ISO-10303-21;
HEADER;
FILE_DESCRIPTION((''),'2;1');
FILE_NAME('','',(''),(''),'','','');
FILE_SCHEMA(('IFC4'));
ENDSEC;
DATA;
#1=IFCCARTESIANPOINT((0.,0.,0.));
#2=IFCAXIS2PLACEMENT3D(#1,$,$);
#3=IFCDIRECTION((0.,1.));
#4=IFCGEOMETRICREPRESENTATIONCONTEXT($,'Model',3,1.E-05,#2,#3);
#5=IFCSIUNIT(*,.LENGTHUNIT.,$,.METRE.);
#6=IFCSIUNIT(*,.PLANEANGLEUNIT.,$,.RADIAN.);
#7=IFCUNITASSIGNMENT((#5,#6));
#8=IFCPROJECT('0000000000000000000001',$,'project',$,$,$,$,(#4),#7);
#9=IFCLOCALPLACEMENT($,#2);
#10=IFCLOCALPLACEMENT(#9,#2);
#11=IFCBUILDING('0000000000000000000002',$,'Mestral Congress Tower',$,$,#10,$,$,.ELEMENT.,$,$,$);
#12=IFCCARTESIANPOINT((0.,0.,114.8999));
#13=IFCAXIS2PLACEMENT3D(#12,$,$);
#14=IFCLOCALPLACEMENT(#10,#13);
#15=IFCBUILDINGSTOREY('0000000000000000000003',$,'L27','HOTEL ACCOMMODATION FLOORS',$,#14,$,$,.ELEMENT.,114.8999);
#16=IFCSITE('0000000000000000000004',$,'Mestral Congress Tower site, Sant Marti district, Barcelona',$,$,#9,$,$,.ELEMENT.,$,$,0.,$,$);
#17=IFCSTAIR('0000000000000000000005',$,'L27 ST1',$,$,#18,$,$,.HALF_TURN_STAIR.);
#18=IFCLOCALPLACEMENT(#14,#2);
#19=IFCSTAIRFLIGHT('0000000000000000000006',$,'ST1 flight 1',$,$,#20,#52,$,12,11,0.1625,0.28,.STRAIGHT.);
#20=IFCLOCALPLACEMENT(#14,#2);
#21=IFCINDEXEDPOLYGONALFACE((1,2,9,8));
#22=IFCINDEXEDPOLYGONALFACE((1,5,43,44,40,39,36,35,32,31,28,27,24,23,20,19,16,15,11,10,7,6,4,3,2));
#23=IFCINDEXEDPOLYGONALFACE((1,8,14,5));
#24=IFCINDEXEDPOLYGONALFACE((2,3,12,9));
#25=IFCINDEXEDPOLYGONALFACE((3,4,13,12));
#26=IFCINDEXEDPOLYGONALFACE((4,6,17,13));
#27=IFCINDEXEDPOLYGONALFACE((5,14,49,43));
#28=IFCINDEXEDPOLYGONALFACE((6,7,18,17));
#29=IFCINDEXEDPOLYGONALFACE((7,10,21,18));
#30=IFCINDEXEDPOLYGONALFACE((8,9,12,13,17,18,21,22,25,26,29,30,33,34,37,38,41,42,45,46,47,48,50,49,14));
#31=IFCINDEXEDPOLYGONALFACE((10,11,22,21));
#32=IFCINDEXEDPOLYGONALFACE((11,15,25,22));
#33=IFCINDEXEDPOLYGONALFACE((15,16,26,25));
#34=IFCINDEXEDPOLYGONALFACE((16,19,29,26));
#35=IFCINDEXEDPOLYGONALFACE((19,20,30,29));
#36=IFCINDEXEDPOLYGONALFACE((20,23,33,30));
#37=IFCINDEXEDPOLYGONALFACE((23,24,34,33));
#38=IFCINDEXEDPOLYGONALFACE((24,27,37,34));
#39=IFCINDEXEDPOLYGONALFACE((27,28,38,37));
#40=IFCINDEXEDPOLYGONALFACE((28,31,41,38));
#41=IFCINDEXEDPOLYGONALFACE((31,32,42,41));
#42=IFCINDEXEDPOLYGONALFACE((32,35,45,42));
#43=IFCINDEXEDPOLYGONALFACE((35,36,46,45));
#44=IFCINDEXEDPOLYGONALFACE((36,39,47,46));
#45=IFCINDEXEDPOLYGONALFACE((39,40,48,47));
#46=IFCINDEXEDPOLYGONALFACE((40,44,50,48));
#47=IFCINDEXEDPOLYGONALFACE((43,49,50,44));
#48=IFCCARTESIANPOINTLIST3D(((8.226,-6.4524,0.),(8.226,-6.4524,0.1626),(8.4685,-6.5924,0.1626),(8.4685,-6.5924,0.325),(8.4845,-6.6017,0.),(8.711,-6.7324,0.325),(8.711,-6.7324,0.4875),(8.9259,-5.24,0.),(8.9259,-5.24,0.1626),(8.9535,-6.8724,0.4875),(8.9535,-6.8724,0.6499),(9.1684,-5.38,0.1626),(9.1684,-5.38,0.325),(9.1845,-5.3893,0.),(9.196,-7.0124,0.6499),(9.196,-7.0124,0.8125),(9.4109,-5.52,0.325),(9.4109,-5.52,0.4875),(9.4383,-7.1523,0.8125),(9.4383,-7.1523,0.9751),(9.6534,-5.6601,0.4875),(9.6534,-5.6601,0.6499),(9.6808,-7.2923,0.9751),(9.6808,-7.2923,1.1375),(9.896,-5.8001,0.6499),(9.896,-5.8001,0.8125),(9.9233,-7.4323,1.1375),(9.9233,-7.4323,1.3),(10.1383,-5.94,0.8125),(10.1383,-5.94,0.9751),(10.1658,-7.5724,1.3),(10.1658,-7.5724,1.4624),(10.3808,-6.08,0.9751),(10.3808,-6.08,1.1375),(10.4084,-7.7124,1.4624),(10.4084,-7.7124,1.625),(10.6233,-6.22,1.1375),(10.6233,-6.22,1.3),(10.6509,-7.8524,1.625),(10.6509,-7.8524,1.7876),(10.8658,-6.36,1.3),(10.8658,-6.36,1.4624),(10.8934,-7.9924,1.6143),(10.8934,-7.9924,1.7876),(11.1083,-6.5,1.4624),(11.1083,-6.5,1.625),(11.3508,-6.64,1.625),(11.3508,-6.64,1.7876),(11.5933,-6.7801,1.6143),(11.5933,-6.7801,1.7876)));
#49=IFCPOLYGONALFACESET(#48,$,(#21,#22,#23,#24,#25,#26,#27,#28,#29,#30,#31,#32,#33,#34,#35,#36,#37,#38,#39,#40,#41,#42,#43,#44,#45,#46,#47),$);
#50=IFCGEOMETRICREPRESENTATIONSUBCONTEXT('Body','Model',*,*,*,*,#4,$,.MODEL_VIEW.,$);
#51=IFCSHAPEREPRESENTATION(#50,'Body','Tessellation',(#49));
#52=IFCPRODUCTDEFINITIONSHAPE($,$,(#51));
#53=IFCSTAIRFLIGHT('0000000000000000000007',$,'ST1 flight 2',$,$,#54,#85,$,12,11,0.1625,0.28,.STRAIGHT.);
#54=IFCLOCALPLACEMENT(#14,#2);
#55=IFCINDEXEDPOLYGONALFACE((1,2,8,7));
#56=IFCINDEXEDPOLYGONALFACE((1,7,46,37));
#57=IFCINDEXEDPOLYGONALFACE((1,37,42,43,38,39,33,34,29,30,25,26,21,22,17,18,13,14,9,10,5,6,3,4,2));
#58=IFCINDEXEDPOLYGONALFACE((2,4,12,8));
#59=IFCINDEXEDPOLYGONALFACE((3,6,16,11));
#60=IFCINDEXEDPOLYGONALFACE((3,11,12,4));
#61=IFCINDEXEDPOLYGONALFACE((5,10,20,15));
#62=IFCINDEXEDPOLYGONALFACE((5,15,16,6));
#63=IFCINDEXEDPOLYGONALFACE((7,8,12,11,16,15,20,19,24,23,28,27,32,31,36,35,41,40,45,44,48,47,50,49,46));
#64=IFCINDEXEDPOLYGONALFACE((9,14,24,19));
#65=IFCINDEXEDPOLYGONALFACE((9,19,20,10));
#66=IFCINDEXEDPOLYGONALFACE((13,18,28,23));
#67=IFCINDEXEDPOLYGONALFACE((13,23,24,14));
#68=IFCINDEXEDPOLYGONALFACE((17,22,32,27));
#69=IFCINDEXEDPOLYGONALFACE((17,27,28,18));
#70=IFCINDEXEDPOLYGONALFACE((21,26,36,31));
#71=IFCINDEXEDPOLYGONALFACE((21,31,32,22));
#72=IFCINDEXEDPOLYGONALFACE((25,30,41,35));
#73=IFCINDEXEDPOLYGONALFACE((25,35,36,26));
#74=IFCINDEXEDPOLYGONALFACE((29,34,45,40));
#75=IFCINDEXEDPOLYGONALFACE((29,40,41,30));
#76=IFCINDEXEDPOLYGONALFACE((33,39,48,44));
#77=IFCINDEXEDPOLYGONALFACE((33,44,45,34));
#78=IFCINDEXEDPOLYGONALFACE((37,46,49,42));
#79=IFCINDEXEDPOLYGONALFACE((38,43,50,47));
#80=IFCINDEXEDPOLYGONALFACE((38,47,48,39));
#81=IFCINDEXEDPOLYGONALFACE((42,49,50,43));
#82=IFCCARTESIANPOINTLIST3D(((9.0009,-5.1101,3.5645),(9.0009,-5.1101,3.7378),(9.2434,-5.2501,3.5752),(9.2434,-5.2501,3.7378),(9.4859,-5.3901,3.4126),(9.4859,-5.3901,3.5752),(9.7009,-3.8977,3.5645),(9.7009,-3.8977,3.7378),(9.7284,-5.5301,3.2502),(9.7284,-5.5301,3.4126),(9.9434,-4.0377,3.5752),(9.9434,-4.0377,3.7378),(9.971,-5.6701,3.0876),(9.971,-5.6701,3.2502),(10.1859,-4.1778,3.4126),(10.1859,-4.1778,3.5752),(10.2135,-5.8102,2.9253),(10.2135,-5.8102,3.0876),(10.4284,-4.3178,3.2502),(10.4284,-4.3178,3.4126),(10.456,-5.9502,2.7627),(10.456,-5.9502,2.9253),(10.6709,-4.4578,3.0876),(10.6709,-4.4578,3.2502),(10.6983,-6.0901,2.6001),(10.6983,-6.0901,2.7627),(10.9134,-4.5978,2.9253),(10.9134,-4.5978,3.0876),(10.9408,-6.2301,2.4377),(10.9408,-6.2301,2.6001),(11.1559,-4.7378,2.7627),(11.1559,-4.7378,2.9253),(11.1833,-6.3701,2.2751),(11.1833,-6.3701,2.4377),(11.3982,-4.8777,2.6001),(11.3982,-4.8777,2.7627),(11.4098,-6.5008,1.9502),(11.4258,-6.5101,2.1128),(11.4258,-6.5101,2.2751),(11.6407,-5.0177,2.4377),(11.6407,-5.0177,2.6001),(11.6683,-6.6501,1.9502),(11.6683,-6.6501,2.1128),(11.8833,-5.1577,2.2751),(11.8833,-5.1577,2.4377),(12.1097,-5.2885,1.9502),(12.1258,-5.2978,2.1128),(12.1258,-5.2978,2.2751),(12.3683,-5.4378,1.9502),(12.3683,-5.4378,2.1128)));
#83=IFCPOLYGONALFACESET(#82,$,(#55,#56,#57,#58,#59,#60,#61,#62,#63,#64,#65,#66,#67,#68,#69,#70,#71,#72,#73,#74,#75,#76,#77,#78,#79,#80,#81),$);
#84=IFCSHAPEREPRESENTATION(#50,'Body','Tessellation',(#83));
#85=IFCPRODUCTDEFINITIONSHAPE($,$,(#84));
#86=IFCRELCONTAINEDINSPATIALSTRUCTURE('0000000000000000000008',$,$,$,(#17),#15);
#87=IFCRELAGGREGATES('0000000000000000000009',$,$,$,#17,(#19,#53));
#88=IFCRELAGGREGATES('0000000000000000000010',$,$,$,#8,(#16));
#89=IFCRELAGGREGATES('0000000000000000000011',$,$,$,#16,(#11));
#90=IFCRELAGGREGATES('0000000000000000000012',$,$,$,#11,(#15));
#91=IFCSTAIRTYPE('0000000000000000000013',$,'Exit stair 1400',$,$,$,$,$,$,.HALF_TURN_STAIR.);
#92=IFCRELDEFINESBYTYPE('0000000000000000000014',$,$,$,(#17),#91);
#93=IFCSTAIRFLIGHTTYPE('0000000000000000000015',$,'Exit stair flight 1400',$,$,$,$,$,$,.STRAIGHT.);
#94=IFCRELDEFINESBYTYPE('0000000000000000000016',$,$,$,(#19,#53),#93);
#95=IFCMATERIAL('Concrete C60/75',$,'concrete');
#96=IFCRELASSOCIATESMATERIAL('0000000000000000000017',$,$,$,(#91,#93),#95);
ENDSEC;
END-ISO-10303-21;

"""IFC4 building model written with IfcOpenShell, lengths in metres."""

from ifc_helpers import new_model, si_unit, direction, frame, origin, place, context, subcontext, project, spatial, polyline, outline, extrude, material, type_object, element, aggregate, save


model = new_model("IFC4")

# Units and contexts
model_context = context("Model", 3, precision=1e-05, world=origin(), true_north=direction((0.0, 1.0)))
body_context = subcontext(model_context, "Body", "Model", "MODEL_VIEW")
ifc_project = project(units=[si_unit("LENGTHUNIT", "METRE"), si_unit("PLANEANGLEUNIT", "RADIAN")], contexts=[model_context])

# Site, building, storey
site_placement = place(None, origin())
site = spatial("IfcSite", under=ifc_project, at=site_placement, Name="Mestral Congress Tower site, Sant Marti district, Barcelona", CompositionType="ELEMENT", RefElevation=0.0)
building_placement = place(site_placement, origin())
building = spatial("IfcBuilding", under=site, at=building_placement, Name="Mestral Congress Tower", CompositionType="ELEMENT")
storey_placement = place(building_placement, frame((0.0, 0.0, 114.8999)))
storey = spatial("IfcBuildingStorey", under=building, at=storey_placement, Name="L27", Description="HOTEL ACCOMMODATION FLOORS", CompositionType="ELEMENT", Elevation=114.8999)

# Shared definitions
ifc_material_1 = material(Name="Concrete C60/75", Category="concrete")

# Stair, stair flights
stair_type = type_object("IfcStairType", Name="Exit stair 1400", PredefinedType="HALF_TURN_STAIR", material=ifc_material_1)
stair_placement = place(storey_placement, origin())
stair = element("IfcStair", 1, at=stair_placement, inside=storey, type_object=stair_type, Name="L27 ST1", PredefinedType="HALF_TURN_STAIR")
stair_flight_type = type_object("IfcStairFlightType", Name="Exit stair flight 1400", PredefinedType="STRAIGHT", material=ifc_material_1)
stair_flight_1_placement = place(storey_placement, frame((8.5759, -5.8462, 0.0), z_axis=(0.0, 0.0, 1.0), x_axis=(0.866025, -0.5, 0.0)))
stair_flight_1 = element("IfcStairFlight", 2, at=stair_flight_1_placement, type_object=stair_flight_type, Name="ST1 flight 1", NumberOfRisers=12, NumberOfTreads=11, PredefinedType="STRAIGHT", RiserHeight=0.1625, TreadLength=0.28, context=body_context, shape_type="SweptSolid", body=[
    extrude(outline(polyline([(0.0, 0.0), (0.0, 0.1626), (0.28, 0.1626), (0.28, 0.325), (0.5601, 0.325), (0.5601, 0.4875), (0.8401, 0.4875), (0.8401, 0.6499), (1.1201, 0.6499), (1.1201, 0.8125), (1.3999, 0.8125), (1.3999, 0.9751), (1.6799, 0.9751), (1.6799, 1.1375), (1.96, 1.1375), (1.96, 1.3), (2.24, 1.3), (2.24, 1.4624), (2.52, 1.4624), (2.52, 1.625), (2.8, 1.625), (2.8, 1.7876), (3.0801, 1.7876), (3.0801, 1.95), (3.0801, 1.6143), (0.2986, 0.0), (0.0, 0.0)])), frame((0.0, 0.7, 0.0), z_axis=(0.0, -1.0, 0.0), x_axis=(1.0, 0.0, 0.0)), (0.0, 0.0, 1.0), 1.3999),
])
stair_flight_2_placement = place(storey_placement, frame((12.0183, -6.0439, 1.9502), z_axis=(0.0, 0.0, 1.0), x_axis=(-0.866025, 0.5, 0.0)))
stair_flight_2 = element("IfcStairFlight", 3, at=stair_flight_2_placement, type_object=stair_flight_type, Name="ST1 flight 2", NumberOfRisers=12, NumberOfTreads=11, PredefinedType="STRAIGHT", RiserHeight=0.1625, TreadLength=0.28, context=body_context, shape_type="SweptSolid", body=[
    extrude(outline(polyline([(0.0, 0.0), (0.0, 0.1626), (0.28, 0.1626), (0.28, 0.325), (0.5601, 0.325), (0.5601, 0.4875), (0.8401, 0.4875), (0.8401, 0.6499), (1.1201, 0.6499), (1.1201, 0.8125), (1.3999, 0.8125), (1.3999, 0.9751), (1.6799, 0.9751), (1.6799, 1.1375), (1.96, 1.1375), (1.96, 1.3), (2.24, 1.3), (2.24, 1.4624), (2.52, 1.4624), (2.52, 1.625), (2.8, 1.625), (2.8, 1.7876), (3.0801, 1.7876), (3.0801, 1.95), (3.0801, 1.6143), (0.2986, 0.0), (0.0, 0.0)])), frame((0.0, 0.7, 0.0), z_axis=(0.0, -1.0, 0.0), x_axis=(1.0, 0.0, 0.0)), (0.0, 0.0, 1.0), 1.3999),
])
aggregate(stair, [stair_flight_1, stair_flight_2])

save(model, "model.ifc")
